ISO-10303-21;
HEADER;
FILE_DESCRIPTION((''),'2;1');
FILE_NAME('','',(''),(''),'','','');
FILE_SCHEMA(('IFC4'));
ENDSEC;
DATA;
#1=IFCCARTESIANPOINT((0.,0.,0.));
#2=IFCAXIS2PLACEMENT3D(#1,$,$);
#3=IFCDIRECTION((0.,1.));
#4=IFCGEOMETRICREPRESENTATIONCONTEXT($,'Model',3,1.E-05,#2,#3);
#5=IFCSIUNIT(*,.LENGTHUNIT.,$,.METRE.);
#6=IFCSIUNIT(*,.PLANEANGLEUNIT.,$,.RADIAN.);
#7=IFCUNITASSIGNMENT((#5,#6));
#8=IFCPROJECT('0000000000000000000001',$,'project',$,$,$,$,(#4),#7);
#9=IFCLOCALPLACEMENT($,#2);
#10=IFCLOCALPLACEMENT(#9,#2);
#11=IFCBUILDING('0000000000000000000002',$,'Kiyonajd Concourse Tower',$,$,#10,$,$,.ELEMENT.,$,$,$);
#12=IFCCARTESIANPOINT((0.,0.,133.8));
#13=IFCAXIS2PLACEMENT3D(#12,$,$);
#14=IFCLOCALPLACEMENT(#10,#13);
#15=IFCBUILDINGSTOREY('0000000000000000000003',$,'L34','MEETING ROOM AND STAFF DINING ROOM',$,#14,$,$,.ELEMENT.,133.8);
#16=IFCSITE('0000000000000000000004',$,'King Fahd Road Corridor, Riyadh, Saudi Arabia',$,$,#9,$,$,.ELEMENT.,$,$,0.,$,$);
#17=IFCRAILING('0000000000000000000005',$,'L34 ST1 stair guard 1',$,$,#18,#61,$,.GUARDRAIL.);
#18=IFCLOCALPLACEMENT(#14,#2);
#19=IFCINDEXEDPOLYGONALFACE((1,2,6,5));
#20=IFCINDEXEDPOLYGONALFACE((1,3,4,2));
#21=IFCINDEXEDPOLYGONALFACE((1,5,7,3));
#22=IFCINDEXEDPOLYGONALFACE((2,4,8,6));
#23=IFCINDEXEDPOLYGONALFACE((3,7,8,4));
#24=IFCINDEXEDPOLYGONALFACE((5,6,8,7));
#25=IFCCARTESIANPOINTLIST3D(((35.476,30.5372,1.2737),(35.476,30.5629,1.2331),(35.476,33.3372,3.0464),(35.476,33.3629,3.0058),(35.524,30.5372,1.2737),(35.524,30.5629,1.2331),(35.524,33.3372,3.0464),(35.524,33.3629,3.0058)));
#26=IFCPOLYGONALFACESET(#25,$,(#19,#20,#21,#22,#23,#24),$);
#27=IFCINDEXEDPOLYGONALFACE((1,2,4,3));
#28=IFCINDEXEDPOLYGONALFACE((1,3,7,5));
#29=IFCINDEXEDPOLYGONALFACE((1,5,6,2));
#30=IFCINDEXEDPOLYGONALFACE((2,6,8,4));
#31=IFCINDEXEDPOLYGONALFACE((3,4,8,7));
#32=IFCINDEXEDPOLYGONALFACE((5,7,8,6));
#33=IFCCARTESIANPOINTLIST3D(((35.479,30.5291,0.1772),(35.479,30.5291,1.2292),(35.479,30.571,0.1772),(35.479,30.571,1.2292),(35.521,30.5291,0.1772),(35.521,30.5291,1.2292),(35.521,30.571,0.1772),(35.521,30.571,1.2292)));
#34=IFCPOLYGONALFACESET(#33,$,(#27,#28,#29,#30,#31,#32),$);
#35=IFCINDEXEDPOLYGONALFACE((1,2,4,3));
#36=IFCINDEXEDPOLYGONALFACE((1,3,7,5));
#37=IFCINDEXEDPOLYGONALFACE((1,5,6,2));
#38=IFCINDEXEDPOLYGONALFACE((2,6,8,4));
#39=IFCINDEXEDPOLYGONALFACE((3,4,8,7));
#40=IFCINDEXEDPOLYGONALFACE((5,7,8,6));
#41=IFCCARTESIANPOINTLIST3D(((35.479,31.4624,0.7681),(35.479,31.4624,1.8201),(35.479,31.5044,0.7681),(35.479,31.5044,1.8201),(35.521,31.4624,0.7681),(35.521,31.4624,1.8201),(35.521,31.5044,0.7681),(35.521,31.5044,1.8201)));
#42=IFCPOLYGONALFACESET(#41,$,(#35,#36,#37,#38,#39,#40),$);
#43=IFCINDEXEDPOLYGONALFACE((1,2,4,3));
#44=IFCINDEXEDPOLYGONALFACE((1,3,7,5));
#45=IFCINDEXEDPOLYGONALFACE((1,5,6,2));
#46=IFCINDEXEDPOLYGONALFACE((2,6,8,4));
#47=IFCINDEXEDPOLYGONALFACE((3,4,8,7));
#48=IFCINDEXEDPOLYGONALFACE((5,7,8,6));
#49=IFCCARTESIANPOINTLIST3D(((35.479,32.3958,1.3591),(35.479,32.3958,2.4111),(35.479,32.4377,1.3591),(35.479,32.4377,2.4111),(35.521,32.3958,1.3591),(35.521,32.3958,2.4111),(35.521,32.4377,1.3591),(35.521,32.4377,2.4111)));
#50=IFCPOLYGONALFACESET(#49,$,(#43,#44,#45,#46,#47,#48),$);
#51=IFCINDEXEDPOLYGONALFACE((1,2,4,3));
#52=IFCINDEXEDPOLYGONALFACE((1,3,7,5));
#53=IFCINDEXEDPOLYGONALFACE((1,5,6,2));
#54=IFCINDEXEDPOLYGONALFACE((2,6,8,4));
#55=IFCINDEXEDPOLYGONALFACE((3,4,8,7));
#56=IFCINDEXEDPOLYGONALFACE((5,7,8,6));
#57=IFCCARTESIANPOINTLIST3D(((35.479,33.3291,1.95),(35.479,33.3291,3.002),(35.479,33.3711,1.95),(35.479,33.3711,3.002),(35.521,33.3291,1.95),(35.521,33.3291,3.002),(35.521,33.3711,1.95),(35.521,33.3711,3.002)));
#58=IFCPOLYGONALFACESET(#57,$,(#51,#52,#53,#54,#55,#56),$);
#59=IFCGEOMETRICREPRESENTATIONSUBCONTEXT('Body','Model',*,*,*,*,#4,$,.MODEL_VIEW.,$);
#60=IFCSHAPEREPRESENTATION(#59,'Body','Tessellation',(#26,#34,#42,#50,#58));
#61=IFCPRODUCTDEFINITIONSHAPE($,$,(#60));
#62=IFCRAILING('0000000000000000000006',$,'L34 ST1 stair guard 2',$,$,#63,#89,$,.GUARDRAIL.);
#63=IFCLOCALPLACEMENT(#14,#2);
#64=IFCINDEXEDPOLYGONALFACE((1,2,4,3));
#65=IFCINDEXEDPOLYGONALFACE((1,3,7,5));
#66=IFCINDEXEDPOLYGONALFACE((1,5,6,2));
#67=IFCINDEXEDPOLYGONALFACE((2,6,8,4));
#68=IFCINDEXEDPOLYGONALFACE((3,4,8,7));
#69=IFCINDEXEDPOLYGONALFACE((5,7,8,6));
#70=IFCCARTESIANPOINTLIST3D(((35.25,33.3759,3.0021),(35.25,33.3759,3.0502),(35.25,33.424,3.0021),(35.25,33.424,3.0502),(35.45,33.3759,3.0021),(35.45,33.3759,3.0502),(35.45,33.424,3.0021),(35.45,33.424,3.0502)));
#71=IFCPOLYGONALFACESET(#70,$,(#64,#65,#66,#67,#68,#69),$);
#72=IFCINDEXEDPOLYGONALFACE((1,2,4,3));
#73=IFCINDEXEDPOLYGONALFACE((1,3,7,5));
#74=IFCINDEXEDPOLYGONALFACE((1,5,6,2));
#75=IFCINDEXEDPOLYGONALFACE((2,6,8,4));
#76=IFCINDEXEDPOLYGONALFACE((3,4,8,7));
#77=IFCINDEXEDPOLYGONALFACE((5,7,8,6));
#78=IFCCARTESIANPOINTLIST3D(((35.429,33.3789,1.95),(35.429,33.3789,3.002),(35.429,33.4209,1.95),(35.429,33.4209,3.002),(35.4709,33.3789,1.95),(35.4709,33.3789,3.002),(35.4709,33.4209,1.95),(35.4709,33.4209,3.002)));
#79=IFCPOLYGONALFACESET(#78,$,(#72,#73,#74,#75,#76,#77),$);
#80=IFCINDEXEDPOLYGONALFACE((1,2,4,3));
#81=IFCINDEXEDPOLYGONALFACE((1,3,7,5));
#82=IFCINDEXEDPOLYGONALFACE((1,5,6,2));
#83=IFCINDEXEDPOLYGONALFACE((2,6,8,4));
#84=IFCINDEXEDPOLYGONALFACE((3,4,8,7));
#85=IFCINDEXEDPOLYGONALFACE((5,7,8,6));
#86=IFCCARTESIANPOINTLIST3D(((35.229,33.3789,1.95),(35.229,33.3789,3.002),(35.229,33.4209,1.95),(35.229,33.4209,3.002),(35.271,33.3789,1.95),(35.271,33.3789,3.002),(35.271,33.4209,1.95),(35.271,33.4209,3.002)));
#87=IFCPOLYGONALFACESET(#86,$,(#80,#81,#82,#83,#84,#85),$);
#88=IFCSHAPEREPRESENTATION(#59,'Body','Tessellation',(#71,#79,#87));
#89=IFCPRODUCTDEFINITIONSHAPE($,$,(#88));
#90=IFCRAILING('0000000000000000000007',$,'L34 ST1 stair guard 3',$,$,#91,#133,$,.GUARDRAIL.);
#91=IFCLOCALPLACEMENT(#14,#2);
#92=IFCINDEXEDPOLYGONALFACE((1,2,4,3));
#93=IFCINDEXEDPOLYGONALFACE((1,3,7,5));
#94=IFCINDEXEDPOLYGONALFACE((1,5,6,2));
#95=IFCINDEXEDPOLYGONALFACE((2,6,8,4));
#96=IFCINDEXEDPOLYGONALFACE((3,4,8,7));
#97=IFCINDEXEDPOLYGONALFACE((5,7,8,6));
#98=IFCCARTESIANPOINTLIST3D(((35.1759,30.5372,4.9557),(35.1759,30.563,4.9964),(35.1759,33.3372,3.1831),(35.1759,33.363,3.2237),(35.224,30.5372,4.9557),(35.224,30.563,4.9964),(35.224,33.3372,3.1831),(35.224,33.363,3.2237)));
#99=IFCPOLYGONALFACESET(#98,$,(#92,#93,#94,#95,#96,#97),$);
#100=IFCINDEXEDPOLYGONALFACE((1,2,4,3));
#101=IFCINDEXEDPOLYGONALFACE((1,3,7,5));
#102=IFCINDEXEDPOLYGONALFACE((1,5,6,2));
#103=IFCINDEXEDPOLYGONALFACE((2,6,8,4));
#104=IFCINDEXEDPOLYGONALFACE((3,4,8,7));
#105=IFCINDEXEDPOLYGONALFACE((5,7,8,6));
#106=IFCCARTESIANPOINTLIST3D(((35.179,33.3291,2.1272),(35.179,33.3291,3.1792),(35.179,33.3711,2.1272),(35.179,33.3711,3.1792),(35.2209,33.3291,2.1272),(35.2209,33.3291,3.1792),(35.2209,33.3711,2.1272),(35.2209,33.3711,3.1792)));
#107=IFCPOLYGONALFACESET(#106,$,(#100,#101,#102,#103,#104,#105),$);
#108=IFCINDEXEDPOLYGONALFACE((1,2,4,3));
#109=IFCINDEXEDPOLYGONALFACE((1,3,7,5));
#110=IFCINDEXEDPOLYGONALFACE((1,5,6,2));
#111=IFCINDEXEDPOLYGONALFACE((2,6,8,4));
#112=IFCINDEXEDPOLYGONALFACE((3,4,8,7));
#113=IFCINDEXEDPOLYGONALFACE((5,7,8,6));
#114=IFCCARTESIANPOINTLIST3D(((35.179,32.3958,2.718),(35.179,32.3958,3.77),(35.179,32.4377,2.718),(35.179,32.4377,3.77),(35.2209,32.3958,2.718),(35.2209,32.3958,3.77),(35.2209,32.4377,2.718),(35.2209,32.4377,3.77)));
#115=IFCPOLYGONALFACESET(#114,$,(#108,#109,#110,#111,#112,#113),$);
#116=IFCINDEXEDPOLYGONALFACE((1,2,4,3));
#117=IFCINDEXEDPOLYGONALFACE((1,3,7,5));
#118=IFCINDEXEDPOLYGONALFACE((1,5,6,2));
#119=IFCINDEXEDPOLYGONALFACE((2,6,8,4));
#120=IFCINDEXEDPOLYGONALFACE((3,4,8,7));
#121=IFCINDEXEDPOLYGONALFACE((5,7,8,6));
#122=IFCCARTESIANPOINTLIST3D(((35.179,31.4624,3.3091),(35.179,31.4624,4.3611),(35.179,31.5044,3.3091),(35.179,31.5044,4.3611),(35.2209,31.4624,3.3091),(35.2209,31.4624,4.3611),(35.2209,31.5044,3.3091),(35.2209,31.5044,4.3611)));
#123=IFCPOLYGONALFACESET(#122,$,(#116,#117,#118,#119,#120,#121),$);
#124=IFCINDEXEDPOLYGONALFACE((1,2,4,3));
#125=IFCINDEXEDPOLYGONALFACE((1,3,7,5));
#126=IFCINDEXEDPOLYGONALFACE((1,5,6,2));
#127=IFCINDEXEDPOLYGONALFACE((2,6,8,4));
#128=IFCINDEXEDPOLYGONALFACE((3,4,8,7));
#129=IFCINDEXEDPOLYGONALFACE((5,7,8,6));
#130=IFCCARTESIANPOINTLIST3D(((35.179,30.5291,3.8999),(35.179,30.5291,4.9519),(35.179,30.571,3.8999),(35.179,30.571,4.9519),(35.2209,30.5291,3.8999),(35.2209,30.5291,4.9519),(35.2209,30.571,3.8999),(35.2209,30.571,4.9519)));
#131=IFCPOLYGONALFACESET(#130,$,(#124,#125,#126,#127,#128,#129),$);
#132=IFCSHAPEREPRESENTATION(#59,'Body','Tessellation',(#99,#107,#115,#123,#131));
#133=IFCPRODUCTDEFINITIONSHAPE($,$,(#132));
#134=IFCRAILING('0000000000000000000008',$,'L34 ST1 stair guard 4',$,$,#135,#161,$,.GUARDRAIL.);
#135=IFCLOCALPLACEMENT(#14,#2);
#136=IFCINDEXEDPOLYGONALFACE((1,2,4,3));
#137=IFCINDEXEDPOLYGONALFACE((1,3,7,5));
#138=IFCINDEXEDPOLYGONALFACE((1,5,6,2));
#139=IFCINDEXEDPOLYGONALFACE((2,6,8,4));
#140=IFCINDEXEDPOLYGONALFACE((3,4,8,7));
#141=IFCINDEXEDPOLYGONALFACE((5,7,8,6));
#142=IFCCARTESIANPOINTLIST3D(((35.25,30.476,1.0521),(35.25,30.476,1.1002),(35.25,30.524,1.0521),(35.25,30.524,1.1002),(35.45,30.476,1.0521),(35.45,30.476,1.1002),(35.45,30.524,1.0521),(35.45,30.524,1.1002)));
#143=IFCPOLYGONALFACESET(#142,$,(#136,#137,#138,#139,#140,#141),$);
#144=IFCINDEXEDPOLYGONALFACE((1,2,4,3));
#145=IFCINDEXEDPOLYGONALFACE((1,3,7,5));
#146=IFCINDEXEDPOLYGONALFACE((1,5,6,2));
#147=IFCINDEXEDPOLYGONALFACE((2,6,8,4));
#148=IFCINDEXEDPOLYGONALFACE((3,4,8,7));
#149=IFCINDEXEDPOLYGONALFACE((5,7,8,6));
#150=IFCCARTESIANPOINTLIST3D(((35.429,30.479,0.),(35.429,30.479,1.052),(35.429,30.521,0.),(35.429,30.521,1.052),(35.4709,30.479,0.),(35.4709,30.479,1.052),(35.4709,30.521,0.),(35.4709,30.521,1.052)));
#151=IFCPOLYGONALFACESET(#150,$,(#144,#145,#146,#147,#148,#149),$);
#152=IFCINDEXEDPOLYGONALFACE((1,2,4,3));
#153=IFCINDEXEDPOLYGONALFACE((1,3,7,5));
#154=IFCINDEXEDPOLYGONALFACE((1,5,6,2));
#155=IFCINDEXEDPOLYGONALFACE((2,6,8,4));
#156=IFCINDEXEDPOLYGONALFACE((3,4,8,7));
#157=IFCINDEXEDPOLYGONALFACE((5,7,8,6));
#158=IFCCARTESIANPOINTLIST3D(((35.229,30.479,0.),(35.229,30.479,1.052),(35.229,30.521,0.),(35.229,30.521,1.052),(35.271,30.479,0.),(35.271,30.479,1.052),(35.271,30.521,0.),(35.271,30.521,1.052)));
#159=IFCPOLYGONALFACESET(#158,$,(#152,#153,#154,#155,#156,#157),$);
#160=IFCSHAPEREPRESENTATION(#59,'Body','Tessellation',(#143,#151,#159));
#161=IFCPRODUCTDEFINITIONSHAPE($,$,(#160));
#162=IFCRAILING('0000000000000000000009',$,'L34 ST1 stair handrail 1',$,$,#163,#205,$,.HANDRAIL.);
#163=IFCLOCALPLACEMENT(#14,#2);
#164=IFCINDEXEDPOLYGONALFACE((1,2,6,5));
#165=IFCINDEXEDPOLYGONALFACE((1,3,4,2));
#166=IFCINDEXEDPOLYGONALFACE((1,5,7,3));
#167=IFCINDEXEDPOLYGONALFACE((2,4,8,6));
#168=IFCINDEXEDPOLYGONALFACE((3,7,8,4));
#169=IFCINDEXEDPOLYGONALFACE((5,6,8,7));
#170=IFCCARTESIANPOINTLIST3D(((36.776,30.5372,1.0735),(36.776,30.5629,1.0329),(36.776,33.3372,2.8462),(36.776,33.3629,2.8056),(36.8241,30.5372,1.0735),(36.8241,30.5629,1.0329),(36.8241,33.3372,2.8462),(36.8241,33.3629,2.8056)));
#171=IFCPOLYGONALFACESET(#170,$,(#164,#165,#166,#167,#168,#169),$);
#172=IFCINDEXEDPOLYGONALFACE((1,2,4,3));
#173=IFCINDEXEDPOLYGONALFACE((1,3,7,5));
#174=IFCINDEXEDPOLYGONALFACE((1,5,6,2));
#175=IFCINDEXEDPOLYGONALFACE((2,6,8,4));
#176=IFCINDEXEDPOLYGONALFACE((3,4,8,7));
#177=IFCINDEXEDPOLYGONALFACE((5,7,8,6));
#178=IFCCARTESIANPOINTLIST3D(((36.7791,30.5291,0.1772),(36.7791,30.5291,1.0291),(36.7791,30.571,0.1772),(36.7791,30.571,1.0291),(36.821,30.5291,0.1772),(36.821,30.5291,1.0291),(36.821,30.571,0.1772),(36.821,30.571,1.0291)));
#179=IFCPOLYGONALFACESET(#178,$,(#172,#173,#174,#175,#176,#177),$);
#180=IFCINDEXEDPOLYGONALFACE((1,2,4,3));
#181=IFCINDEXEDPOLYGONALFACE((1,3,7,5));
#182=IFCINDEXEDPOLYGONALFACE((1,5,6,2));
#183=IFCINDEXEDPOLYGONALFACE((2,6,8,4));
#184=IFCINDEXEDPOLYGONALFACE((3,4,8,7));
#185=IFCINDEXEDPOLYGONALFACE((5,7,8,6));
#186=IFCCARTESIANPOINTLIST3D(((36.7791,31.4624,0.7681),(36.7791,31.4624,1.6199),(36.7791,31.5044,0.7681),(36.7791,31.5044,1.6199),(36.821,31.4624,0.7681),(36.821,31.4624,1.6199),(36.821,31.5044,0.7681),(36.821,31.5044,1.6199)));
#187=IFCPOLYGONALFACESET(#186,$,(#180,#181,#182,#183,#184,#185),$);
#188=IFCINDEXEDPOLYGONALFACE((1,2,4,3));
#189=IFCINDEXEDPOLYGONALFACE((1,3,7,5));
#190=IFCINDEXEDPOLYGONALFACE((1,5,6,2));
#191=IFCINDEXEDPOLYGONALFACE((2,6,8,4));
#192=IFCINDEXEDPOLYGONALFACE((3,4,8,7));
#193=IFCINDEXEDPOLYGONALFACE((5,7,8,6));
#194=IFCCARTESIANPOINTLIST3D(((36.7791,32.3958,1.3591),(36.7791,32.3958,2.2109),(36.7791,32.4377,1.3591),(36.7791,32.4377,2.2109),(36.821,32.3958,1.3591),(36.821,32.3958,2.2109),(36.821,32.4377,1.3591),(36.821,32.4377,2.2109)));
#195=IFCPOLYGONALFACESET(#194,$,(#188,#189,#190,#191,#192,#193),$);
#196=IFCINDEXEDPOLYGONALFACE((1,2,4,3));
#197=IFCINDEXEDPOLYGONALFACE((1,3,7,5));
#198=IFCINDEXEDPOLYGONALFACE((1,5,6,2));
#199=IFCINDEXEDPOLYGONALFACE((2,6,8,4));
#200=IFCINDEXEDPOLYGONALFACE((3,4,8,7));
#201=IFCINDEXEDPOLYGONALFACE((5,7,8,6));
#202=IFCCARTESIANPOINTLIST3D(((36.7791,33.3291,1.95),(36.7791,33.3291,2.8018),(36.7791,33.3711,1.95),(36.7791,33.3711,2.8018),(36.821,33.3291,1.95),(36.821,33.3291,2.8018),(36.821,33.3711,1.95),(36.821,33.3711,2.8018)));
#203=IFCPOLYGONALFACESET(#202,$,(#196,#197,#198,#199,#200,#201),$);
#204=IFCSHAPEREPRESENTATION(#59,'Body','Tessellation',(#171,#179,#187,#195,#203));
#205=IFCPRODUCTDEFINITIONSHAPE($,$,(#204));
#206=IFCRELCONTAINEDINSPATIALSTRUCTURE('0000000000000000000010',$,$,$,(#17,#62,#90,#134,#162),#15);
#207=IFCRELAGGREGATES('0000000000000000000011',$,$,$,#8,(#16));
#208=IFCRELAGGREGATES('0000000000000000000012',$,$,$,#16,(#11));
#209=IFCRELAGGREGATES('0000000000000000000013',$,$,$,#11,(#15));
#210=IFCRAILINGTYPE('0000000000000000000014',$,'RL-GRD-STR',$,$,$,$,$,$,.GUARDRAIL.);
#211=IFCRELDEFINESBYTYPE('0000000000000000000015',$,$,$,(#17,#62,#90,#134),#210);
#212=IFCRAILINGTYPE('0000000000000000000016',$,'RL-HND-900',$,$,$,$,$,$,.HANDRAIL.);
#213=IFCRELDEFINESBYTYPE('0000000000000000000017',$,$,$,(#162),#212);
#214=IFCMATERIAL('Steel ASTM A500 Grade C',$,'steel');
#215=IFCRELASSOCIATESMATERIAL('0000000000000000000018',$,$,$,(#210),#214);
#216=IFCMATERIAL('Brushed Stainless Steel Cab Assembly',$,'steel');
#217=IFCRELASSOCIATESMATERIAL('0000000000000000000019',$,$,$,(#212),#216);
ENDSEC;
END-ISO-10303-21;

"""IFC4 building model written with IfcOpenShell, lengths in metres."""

from ifc_helpers import new_model, si_unit, direction, frame, origin, origin_2d, place, context, subcontext, project, spatial, rectangle, extrude, material, type_object, element, save


model = new_model("IFC4")

# Units and contexts
model_context = context("Model", 3, precision=1e-05, world=origin(), true_north=direction((0.0, 1.0)))
body_context = subcontext(model_context, "Body", "Model", "MODEL_VIEW")
ifc_project = project(units=[si_unit("LENGTHUNIT", "METRE"), si_unit("PLANEANGLEUNIT", "RADIAN")], contexts=[model_context])

# Site, building, storey
site_placement = place(None, origin())
site = spatial("IfcSite", under=ifc_project, at=site_placement, Name="King Fahd Road Corridor, Riyadh, Saudi Arabia", CompositionType="ELEMENT", RefElevation=0.0)
building_placement = place(site_placement, origin())
building = spatial("IfcBuilding", under=site, at=building_placement, Name="Kiyonajd Concourse Tower", CompositionType="ELEMENT")
storey_placement = place(building_placement, frame((0.0, 0.0, 133.8)))
storey = spatial("IfcBuildingStorey", under=building, at=storey_placement, Name="L34", Description="MEETING ROOM AND STAFF DINING ROOM", CompositionType="ELEMENT", Elevation=133.8)

# Shared definitions
ifc_material_1 = material(Name="Brushed Stainless Steel Cab Assembly", Category="steel")

# Railings
ifc_material_2 = material(Name="Steel ASTM A500 Grade C", Category="steel")
railing_type_1 = type_object("IfcRailingType", Name="RL-GRD-STR", PredefinedType="GUARDRAIL", material=ifc_material_2)
railing_1_placement = place(storey_placement, frame((35.5, 30.55, 0.1772)))
element("IfcRailing", 1, at=railing_1_placement, inside=storey, type_object=railing_type_1, Name="L34 ST1 stair guard 1", PredefinedType="GUARDRAIL", context=body_context, shape_type="SweptSolid", body=[
    extrude(rectangle(XDim=0.0481, YDim=0.0481, at=origin_2d()), frame((0.0, 0.0, 1.0762), z_axis=(0.0, 0.844909, 0.53491), x_axis=(-1.0, 0.0, 0.0)), (0.0, 0.0, 1.0), 3.314),
    extrude(rectangle(XDim=0.042, YDim=0.042, at=origin_2d()), origin(), (0.0, 0.0, 1.0), 1.052),
    extrude(rectangle(XDim=0.042, YDim=0.042, at=origin_2d()), frame((0.0, 0.9333, 0.5908)), (0.0, 0.0, 1.0), 1.052),
    extrude(rectangle(XDim=0.042, YDim=0.042, at=origin_2d()), frame((0.0, 1.8667, 1.1819)), (0.0, 0.0, 1.0), 1.052),
    extrude(rectangle(XDim=0.042, YDim=0.042, at=origin_2d()), frame((0.0, 2.8, 1.7727)), (0.0, 0.0, 1.0), 1.052),
])
railing_2_placement = place(storey_placement, frame((35.45, 33.3999, 1.95)))
element("IfcRailing", 2, at=railing_2_placement, inside=storey, type_object=railing_type_1, Name="L34 ST1 stair guard 2", PredefinedType="GUARDRAIL", context=body_context, shape_type="SweptSolid", body=[
    extrude(rectangle(XDim=0.0481, YDim=0.0481, at=origin_2d()), frame((0.0, 0.0, 1.0762), z_axis=(-1.0, 0.0, 0.0), x_axis=(0.0, -1.0, 0.0)), (0.0, 0.0, 1.0), 0.2),
    extrude(rectangle(XDim=0.042, YDim=0.042, at=origin_2d()), origin(), (0.0, 0.0, 1.0), 1.052),
    extrude(rectangle(XDim=0.042, YDim=0.042, at=origin_2d()), frame((-0.2, 0.0, 0.0)), (0.0, 0.0, 1.0), 1.052),
])
railing_3_placement = place(storey_placement, frame((35.2, 33.3501, 2.1272)))
element("IfcRailing", 3, at=railing_3_placement, inside=storey, type_object=railing_type_1, Name="L34 ST1 stair guard 3", PredefinedType="GUARDRAIL", context=body_context, shape_type="SweptSolid", body=[
    extrude(rectangle(XDim=0.0481, YDim=0.0481, at=origin_2d()), frame((0.0, 0.0, 1.0762), z_axis=(0.0, -0.844909, 0.53491), x_axis=(1.0, 0.0, 0.0)), (0.0, 0.0, 1.0), 3.314),
    extrude(rectangle(XDim=0.042, YDim=0.042, at=origin_2d()), origin(), (0.0, 0.0, 1.0), 1.052),
    extrude(rectangle(XDim=0.042, YDim=0.042, at=origin_2d()), frame((0.0, -0.9333, 0.5908)), (0.0, 0.0, 1.0), 1.052),
    extrude(rectangle(XDim=0.042, YDim=0.042, at=origin_2d()), frame((0.0, -1.8667, 1.1819)), (0.0, 0.0, 1.0), 1.052),
    extrude(rectangle(XDim=0.042, YDim=0.042, at=origin_2d()), frame((0.0, -2.8, 1.7727)), (0.0, 0.0, 1.0), 1.052),
])
railing_4_placement = place(storey_placement, frame((35.45, 30.5, 0.0)))
element("IfcRailing", 4, at=railing_4_placement, inside=storey, type_object=railing_type_1, Name="L34 ST1 stair guard 4", PredefinedType="GUARDRAIL", context=body_context, shape_type="SweptSolid", body=[
    extrude(rectangle(XDim=0.0481, YDim=0.0481, at=origin_2d()), frame((0.0, 0.0, 1.0762), z_axis=(-1.0, 0.0, 0.0), x_axis=(0.0, -1.0, 0.0)), (0.0, 0.0, 1.0), 0.2),
    extrude(rectangle(XDim=0.042, YDim=0.042, at=origin_2d()), origin(), (0.0, 0.0, 1.0), 1.052),
    extrude(rectangle(XDim=0.042, YDim=0.042, at=origin_2d()), frame((-0.2, 0.0, 0.0)), (0.0, 0.0, 1.0), 1.052),
])
railing_type_2 = type_object("IfcRailingType", Name="RL-HND-900", PredefinedType="HANDRAIL", material=ifc_material_1)
railing_5_placement = place(storey_placement, frame((36.8, 30.55, 0.1772)))
element("IfcRailing", 5, at=railing_5_placement, inside=storey, type_object=railing_type_2, Name="L34 ST1 stair handrail 1", PredefinedType="HANDRAIL", context=body_context, shape_type="SweptSolid", body=[
    extrude(rectangle(XDim=0.0481, YDim=0.0481, at=origin_2d()), frame((0.0, 0.0, 0.876), z_axis=(0.0, 0.844909, 0.53491), x_axis=(-1.0, 0.0, 0.0)), (0.0, 0.0, 1.0), 3.314),
    extrude(rectangle(XDim=0.042, YDim=0.042, at=origin_2d()), origin(), (0.0, 0.0, 1.0), 0.8518),
    extrude(rectangle(XDim=0.042, YDim=0.042, at=origin_2d()), frame((0.0, 0.9333, 0.5908)), (0.0, 0.0, 1.0), 0.8518),
    extrude(rectangle(XDim=0.042, YDim=0.042, at=origin_2d()), frame((0.0, 1.8667, 1.1819)), (0.0, 0.0, 1.0), 0.8518),
    extrude(rectangle(XDim=0.042, YDim=0.042, at=origin_2d()), frame((0.0, 2.8, 1.7727)), (0.0, 0.0, 1.0), 0.8518),
])

save(model, "model.ifc")
